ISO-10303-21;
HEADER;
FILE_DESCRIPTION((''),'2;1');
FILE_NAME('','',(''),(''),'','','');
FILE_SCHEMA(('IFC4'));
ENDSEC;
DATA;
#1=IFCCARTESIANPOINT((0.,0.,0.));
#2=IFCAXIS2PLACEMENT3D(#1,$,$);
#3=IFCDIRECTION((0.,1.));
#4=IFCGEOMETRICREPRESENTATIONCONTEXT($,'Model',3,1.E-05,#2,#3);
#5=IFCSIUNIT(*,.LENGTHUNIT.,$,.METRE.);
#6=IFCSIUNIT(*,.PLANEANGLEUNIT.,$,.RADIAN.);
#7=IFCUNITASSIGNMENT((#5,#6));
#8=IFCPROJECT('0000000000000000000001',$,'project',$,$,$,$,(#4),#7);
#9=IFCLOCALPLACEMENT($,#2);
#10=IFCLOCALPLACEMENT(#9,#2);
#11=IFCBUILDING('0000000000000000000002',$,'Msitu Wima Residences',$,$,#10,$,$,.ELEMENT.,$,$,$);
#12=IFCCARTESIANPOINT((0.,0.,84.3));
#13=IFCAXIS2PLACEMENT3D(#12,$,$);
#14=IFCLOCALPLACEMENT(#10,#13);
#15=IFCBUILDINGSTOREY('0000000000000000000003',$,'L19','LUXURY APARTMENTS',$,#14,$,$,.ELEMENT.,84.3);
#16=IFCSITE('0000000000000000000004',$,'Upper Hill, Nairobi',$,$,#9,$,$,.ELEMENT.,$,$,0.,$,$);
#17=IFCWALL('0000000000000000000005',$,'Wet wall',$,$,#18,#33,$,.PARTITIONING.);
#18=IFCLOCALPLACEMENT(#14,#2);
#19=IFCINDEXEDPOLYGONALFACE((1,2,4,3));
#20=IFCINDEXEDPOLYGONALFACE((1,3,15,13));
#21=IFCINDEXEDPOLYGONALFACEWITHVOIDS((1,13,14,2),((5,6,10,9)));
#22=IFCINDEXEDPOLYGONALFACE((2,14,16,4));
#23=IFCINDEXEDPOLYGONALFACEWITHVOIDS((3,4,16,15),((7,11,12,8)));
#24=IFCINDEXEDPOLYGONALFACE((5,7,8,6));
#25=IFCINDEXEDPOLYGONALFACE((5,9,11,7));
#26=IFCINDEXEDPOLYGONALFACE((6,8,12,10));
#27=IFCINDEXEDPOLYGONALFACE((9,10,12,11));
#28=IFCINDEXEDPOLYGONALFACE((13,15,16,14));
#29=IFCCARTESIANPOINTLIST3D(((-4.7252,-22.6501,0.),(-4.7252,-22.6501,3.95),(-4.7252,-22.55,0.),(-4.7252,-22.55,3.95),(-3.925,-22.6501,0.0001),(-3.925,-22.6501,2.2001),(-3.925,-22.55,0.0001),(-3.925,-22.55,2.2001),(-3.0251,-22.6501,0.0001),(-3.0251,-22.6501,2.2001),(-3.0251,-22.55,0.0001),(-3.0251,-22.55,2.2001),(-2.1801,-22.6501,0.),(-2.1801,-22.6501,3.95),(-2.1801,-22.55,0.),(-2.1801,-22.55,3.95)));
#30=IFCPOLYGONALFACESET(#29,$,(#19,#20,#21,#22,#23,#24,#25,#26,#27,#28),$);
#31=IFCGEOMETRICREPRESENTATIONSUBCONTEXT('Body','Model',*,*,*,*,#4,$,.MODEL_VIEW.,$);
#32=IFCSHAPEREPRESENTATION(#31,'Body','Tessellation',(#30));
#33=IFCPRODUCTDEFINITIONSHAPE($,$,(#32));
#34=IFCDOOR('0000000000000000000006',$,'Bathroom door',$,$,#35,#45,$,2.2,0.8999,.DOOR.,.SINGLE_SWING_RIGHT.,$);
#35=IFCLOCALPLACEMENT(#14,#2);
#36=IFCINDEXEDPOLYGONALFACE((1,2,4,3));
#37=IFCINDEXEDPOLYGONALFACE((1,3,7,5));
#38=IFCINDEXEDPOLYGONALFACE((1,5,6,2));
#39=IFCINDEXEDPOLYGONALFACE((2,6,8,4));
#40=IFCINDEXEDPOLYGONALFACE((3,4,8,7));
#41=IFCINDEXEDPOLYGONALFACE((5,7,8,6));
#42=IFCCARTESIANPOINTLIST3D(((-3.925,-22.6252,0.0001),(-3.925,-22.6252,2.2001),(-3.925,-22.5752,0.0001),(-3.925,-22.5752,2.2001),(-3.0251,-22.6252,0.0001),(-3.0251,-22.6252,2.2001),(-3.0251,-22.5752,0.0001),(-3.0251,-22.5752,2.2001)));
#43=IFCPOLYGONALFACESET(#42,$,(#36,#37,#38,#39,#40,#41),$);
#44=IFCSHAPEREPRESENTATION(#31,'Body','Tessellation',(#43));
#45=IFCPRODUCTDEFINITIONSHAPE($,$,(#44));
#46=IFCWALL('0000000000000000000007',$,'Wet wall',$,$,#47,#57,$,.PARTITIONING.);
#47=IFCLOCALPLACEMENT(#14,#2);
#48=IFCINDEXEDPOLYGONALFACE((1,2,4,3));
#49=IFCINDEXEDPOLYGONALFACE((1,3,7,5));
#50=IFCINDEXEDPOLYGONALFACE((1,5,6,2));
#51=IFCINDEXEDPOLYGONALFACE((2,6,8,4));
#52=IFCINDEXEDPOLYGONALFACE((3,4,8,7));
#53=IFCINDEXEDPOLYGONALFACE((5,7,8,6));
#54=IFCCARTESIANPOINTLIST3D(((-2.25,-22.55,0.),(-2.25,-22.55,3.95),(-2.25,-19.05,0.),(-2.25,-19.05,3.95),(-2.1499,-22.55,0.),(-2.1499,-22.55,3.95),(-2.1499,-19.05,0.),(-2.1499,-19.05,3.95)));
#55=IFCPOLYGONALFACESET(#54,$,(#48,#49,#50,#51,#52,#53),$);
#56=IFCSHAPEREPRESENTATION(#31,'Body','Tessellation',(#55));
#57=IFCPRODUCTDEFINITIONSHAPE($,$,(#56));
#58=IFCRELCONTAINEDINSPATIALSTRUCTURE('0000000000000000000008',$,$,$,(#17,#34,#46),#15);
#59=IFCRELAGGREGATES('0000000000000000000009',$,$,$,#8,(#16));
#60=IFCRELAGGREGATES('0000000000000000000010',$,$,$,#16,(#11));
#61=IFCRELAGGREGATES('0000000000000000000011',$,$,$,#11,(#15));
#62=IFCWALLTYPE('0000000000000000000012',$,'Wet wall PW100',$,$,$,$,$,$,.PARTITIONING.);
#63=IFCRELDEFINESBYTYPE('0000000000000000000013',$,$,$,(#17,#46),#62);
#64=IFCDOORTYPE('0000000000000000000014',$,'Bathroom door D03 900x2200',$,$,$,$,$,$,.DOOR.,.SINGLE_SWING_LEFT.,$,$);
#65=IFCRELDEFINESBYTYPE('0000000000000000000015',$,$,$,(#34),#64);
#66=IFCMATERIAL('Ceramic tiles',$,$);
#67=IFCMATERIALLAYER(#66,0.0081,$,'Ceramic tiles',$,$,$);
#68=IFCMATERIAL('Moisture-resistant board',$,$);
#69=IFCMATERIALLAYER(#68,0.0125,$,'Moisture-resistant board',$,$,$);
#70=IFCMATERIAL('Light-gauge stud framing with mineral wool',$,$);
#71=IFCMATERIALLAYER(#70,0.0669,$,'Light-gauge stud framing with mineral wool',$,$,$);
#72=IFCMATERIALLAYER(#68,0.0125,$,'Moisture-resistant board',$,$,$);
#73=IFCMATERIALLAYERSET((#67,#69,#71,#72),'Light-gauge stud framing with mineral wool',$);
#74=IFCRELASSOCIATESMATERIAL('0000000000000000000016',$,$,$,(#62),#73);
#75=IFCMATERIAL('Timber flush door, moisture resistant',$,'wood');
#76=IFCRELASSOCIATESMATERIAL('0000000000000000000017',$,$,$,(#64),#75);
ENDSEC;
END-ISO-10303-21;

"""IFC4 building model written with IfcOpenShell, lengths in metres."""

from ifc_helpers import new_model, si_unit, direction, frame, frame_2d, origin, place, context, subcontext, project, spatial, rectangle, extrude, material, layer, layer_set, type_object, element, fill, save


model = new_model("IFC4")

# Units and contexts
model_context = context("Model", 3, precision=1e-05, world=origin(), true_north=direction((0.0, 1.0)))
body_context = subcontext(model_context, "Body", "Model", "MODEL_VIEW")
ifc_project = project(units=[si_unit("LENGTHUNIT", "METRE"), si_unit("PLANEANGLEUNIT", "RADIAN")], contexts=[model_context])

# Site, building, storey
site_placement = place(None, origin())
site = spatial("IfcSite", under=ifc_project, at=site_placement, Name="Upper Hill, Nairobi", CompositionType="ELEMENT", RefElevation=0.0)
building_placement = place(site_placement, origin())
building = spatial("IfcBuilding", under=site, at=building_placement, Name="Msitu Wima Residences", CompositionType="ELEMENT")
storey_placement = place(building_placement, frame((0.0, 0.0, 84.3)))
storey = spatial("IfcBuildingStorey", under=building, at=storey_placement, Name="L19", Description="LUXURY APARTMENTS", CompositionType="ELEMENT", Elevation=84.3)

# Shared definitions
ifc_material_1 = material(Name="Ceramic tiles")
ifc_layer_1 = layer(ifc_material_1, 0.0081, Name="Ceramic tiles")
ifc_material_2 = material(Name="Moisture-resistant board")
ifc_layer_2 = layer(ifc_material_2, 0.0125, Name="Moisture-resistant board")
ifc_material_3 = material(Name="Light-gauge stud framing with mineral wool")
ifc_layer_3 = layer(ifc_material_3, 0.0669, Name="Light-gauge stud framing with mineral wool")
ifc_layer_4 = layer(ifc_material_2, 0.0125, Name="Moisture-resistant board")
ifc_layer_set_1 = layer_set([ifc_layer_1, ifc_layer_2, ifc_layer_3, ifc_layer_4], Name="Light-gauge stud framing with mineral wool")
wall_type_1 = type_object("IfcWallType", Name="Wet wall PW100", PredefinedType="PARTITIONING", material=ifc_layer_set_1)
ifc_material_4 = material(Name="Timber flush door, moisture resistant", Category="wood")
door_type_1 = type_object("IfcDoorType", Name="Bathroom door D03 900x2200", OperationType="SINGLE_SWING_LEFT", PredefinedType="DOOR", material=ifc_material_4)

# Wall, opening, door
wall_1_placement = place(storey_placement, frame((-4.7251, -22.6001, 0.0), z_axis=(0.0, 0.0, 1.0), x_axis=(1.0, 0.0, 0.0)))
wall_1 = element("IfcWall", 1, at=wall_1_placement, inside=storey, type_object=wall_type_1, Name="Wet wall", PredefinedType="PARTITIONING", context=body_context, shape_type="SweptSolid", body=[
    extrude(rectangle(XDim=2.5452, YDim=0.1001, at=frame_2d((1.2725, 0.0))), origin(), (0.0, 0.0, 1.0), 3.95),
])
opening_1_placement = place(wall_1_placement, frame((0.8, 0.0, 0.0)))
opening_1 = element("IfcOpeningElement", 2, at=opening_1_placement, cuts=wall_1, PredefinedType="OPENING", context=body_context, shape_type="SweptSolid", body=[
    extrude(rectangle(XDim=0.8999, YDim=2.2, at=frame_2d((0.45, 1.1001))), frame((0.0, 0.0601, 0.0), z_axis=(0.0, -1.0, 0.0), x_axis=(1.0, 0.0, 0.0)), (0.0, 0.0, 1.0), 0.1201),
])
door_1_placement = place(opening_1_placement, origin())
door_1 = element("IfcDoor", 3, at=door_1_placement, inside=storey, type_object=door_type_1, Name="Bathroom door", OperationType="SINGLE_SWING_RIGHT", OverallHeight=2.2, OverallWidth=0.8999, PredefinedType="DOOR", context=body_context, shape_type="SweptSolid", body=[
    extrude(rectangle(XDim=0.8999, YDim=2.2, at=frame_2d((0.45, 1.1001))), frame((0.0, 0.0249, 0.0), z_axis=(0.0, -1.0, 0.0), x_axis=(1.0, 0.0, 0.0)), (0.0, 0.0, 1.0), 0.05),
])
fill(opening_1, door_1)

# Wall
wall_2_placement = place(storey_placement, frame((-2.2, -22.55, 0.0), z_axis=(0.0, 0.0, 1.0), x_axis=(0.0, 1.0, 0.0)))
element("IfcWall", 4, at=wall_2_placement, inside=storey, type_object=wall_type_1, Name="Wet wall", PredefinedType="PARTITIONING", context=body_context, shape_type="SweptSolid", body=[
    extrude(rectangle(XDim=3.5, YDim=0.1001, at=frame_2d((1.75, 0.0))), origin(), (0.0, 0.0, 1.0), 3.95),
])

save(model, "model.ifc")
